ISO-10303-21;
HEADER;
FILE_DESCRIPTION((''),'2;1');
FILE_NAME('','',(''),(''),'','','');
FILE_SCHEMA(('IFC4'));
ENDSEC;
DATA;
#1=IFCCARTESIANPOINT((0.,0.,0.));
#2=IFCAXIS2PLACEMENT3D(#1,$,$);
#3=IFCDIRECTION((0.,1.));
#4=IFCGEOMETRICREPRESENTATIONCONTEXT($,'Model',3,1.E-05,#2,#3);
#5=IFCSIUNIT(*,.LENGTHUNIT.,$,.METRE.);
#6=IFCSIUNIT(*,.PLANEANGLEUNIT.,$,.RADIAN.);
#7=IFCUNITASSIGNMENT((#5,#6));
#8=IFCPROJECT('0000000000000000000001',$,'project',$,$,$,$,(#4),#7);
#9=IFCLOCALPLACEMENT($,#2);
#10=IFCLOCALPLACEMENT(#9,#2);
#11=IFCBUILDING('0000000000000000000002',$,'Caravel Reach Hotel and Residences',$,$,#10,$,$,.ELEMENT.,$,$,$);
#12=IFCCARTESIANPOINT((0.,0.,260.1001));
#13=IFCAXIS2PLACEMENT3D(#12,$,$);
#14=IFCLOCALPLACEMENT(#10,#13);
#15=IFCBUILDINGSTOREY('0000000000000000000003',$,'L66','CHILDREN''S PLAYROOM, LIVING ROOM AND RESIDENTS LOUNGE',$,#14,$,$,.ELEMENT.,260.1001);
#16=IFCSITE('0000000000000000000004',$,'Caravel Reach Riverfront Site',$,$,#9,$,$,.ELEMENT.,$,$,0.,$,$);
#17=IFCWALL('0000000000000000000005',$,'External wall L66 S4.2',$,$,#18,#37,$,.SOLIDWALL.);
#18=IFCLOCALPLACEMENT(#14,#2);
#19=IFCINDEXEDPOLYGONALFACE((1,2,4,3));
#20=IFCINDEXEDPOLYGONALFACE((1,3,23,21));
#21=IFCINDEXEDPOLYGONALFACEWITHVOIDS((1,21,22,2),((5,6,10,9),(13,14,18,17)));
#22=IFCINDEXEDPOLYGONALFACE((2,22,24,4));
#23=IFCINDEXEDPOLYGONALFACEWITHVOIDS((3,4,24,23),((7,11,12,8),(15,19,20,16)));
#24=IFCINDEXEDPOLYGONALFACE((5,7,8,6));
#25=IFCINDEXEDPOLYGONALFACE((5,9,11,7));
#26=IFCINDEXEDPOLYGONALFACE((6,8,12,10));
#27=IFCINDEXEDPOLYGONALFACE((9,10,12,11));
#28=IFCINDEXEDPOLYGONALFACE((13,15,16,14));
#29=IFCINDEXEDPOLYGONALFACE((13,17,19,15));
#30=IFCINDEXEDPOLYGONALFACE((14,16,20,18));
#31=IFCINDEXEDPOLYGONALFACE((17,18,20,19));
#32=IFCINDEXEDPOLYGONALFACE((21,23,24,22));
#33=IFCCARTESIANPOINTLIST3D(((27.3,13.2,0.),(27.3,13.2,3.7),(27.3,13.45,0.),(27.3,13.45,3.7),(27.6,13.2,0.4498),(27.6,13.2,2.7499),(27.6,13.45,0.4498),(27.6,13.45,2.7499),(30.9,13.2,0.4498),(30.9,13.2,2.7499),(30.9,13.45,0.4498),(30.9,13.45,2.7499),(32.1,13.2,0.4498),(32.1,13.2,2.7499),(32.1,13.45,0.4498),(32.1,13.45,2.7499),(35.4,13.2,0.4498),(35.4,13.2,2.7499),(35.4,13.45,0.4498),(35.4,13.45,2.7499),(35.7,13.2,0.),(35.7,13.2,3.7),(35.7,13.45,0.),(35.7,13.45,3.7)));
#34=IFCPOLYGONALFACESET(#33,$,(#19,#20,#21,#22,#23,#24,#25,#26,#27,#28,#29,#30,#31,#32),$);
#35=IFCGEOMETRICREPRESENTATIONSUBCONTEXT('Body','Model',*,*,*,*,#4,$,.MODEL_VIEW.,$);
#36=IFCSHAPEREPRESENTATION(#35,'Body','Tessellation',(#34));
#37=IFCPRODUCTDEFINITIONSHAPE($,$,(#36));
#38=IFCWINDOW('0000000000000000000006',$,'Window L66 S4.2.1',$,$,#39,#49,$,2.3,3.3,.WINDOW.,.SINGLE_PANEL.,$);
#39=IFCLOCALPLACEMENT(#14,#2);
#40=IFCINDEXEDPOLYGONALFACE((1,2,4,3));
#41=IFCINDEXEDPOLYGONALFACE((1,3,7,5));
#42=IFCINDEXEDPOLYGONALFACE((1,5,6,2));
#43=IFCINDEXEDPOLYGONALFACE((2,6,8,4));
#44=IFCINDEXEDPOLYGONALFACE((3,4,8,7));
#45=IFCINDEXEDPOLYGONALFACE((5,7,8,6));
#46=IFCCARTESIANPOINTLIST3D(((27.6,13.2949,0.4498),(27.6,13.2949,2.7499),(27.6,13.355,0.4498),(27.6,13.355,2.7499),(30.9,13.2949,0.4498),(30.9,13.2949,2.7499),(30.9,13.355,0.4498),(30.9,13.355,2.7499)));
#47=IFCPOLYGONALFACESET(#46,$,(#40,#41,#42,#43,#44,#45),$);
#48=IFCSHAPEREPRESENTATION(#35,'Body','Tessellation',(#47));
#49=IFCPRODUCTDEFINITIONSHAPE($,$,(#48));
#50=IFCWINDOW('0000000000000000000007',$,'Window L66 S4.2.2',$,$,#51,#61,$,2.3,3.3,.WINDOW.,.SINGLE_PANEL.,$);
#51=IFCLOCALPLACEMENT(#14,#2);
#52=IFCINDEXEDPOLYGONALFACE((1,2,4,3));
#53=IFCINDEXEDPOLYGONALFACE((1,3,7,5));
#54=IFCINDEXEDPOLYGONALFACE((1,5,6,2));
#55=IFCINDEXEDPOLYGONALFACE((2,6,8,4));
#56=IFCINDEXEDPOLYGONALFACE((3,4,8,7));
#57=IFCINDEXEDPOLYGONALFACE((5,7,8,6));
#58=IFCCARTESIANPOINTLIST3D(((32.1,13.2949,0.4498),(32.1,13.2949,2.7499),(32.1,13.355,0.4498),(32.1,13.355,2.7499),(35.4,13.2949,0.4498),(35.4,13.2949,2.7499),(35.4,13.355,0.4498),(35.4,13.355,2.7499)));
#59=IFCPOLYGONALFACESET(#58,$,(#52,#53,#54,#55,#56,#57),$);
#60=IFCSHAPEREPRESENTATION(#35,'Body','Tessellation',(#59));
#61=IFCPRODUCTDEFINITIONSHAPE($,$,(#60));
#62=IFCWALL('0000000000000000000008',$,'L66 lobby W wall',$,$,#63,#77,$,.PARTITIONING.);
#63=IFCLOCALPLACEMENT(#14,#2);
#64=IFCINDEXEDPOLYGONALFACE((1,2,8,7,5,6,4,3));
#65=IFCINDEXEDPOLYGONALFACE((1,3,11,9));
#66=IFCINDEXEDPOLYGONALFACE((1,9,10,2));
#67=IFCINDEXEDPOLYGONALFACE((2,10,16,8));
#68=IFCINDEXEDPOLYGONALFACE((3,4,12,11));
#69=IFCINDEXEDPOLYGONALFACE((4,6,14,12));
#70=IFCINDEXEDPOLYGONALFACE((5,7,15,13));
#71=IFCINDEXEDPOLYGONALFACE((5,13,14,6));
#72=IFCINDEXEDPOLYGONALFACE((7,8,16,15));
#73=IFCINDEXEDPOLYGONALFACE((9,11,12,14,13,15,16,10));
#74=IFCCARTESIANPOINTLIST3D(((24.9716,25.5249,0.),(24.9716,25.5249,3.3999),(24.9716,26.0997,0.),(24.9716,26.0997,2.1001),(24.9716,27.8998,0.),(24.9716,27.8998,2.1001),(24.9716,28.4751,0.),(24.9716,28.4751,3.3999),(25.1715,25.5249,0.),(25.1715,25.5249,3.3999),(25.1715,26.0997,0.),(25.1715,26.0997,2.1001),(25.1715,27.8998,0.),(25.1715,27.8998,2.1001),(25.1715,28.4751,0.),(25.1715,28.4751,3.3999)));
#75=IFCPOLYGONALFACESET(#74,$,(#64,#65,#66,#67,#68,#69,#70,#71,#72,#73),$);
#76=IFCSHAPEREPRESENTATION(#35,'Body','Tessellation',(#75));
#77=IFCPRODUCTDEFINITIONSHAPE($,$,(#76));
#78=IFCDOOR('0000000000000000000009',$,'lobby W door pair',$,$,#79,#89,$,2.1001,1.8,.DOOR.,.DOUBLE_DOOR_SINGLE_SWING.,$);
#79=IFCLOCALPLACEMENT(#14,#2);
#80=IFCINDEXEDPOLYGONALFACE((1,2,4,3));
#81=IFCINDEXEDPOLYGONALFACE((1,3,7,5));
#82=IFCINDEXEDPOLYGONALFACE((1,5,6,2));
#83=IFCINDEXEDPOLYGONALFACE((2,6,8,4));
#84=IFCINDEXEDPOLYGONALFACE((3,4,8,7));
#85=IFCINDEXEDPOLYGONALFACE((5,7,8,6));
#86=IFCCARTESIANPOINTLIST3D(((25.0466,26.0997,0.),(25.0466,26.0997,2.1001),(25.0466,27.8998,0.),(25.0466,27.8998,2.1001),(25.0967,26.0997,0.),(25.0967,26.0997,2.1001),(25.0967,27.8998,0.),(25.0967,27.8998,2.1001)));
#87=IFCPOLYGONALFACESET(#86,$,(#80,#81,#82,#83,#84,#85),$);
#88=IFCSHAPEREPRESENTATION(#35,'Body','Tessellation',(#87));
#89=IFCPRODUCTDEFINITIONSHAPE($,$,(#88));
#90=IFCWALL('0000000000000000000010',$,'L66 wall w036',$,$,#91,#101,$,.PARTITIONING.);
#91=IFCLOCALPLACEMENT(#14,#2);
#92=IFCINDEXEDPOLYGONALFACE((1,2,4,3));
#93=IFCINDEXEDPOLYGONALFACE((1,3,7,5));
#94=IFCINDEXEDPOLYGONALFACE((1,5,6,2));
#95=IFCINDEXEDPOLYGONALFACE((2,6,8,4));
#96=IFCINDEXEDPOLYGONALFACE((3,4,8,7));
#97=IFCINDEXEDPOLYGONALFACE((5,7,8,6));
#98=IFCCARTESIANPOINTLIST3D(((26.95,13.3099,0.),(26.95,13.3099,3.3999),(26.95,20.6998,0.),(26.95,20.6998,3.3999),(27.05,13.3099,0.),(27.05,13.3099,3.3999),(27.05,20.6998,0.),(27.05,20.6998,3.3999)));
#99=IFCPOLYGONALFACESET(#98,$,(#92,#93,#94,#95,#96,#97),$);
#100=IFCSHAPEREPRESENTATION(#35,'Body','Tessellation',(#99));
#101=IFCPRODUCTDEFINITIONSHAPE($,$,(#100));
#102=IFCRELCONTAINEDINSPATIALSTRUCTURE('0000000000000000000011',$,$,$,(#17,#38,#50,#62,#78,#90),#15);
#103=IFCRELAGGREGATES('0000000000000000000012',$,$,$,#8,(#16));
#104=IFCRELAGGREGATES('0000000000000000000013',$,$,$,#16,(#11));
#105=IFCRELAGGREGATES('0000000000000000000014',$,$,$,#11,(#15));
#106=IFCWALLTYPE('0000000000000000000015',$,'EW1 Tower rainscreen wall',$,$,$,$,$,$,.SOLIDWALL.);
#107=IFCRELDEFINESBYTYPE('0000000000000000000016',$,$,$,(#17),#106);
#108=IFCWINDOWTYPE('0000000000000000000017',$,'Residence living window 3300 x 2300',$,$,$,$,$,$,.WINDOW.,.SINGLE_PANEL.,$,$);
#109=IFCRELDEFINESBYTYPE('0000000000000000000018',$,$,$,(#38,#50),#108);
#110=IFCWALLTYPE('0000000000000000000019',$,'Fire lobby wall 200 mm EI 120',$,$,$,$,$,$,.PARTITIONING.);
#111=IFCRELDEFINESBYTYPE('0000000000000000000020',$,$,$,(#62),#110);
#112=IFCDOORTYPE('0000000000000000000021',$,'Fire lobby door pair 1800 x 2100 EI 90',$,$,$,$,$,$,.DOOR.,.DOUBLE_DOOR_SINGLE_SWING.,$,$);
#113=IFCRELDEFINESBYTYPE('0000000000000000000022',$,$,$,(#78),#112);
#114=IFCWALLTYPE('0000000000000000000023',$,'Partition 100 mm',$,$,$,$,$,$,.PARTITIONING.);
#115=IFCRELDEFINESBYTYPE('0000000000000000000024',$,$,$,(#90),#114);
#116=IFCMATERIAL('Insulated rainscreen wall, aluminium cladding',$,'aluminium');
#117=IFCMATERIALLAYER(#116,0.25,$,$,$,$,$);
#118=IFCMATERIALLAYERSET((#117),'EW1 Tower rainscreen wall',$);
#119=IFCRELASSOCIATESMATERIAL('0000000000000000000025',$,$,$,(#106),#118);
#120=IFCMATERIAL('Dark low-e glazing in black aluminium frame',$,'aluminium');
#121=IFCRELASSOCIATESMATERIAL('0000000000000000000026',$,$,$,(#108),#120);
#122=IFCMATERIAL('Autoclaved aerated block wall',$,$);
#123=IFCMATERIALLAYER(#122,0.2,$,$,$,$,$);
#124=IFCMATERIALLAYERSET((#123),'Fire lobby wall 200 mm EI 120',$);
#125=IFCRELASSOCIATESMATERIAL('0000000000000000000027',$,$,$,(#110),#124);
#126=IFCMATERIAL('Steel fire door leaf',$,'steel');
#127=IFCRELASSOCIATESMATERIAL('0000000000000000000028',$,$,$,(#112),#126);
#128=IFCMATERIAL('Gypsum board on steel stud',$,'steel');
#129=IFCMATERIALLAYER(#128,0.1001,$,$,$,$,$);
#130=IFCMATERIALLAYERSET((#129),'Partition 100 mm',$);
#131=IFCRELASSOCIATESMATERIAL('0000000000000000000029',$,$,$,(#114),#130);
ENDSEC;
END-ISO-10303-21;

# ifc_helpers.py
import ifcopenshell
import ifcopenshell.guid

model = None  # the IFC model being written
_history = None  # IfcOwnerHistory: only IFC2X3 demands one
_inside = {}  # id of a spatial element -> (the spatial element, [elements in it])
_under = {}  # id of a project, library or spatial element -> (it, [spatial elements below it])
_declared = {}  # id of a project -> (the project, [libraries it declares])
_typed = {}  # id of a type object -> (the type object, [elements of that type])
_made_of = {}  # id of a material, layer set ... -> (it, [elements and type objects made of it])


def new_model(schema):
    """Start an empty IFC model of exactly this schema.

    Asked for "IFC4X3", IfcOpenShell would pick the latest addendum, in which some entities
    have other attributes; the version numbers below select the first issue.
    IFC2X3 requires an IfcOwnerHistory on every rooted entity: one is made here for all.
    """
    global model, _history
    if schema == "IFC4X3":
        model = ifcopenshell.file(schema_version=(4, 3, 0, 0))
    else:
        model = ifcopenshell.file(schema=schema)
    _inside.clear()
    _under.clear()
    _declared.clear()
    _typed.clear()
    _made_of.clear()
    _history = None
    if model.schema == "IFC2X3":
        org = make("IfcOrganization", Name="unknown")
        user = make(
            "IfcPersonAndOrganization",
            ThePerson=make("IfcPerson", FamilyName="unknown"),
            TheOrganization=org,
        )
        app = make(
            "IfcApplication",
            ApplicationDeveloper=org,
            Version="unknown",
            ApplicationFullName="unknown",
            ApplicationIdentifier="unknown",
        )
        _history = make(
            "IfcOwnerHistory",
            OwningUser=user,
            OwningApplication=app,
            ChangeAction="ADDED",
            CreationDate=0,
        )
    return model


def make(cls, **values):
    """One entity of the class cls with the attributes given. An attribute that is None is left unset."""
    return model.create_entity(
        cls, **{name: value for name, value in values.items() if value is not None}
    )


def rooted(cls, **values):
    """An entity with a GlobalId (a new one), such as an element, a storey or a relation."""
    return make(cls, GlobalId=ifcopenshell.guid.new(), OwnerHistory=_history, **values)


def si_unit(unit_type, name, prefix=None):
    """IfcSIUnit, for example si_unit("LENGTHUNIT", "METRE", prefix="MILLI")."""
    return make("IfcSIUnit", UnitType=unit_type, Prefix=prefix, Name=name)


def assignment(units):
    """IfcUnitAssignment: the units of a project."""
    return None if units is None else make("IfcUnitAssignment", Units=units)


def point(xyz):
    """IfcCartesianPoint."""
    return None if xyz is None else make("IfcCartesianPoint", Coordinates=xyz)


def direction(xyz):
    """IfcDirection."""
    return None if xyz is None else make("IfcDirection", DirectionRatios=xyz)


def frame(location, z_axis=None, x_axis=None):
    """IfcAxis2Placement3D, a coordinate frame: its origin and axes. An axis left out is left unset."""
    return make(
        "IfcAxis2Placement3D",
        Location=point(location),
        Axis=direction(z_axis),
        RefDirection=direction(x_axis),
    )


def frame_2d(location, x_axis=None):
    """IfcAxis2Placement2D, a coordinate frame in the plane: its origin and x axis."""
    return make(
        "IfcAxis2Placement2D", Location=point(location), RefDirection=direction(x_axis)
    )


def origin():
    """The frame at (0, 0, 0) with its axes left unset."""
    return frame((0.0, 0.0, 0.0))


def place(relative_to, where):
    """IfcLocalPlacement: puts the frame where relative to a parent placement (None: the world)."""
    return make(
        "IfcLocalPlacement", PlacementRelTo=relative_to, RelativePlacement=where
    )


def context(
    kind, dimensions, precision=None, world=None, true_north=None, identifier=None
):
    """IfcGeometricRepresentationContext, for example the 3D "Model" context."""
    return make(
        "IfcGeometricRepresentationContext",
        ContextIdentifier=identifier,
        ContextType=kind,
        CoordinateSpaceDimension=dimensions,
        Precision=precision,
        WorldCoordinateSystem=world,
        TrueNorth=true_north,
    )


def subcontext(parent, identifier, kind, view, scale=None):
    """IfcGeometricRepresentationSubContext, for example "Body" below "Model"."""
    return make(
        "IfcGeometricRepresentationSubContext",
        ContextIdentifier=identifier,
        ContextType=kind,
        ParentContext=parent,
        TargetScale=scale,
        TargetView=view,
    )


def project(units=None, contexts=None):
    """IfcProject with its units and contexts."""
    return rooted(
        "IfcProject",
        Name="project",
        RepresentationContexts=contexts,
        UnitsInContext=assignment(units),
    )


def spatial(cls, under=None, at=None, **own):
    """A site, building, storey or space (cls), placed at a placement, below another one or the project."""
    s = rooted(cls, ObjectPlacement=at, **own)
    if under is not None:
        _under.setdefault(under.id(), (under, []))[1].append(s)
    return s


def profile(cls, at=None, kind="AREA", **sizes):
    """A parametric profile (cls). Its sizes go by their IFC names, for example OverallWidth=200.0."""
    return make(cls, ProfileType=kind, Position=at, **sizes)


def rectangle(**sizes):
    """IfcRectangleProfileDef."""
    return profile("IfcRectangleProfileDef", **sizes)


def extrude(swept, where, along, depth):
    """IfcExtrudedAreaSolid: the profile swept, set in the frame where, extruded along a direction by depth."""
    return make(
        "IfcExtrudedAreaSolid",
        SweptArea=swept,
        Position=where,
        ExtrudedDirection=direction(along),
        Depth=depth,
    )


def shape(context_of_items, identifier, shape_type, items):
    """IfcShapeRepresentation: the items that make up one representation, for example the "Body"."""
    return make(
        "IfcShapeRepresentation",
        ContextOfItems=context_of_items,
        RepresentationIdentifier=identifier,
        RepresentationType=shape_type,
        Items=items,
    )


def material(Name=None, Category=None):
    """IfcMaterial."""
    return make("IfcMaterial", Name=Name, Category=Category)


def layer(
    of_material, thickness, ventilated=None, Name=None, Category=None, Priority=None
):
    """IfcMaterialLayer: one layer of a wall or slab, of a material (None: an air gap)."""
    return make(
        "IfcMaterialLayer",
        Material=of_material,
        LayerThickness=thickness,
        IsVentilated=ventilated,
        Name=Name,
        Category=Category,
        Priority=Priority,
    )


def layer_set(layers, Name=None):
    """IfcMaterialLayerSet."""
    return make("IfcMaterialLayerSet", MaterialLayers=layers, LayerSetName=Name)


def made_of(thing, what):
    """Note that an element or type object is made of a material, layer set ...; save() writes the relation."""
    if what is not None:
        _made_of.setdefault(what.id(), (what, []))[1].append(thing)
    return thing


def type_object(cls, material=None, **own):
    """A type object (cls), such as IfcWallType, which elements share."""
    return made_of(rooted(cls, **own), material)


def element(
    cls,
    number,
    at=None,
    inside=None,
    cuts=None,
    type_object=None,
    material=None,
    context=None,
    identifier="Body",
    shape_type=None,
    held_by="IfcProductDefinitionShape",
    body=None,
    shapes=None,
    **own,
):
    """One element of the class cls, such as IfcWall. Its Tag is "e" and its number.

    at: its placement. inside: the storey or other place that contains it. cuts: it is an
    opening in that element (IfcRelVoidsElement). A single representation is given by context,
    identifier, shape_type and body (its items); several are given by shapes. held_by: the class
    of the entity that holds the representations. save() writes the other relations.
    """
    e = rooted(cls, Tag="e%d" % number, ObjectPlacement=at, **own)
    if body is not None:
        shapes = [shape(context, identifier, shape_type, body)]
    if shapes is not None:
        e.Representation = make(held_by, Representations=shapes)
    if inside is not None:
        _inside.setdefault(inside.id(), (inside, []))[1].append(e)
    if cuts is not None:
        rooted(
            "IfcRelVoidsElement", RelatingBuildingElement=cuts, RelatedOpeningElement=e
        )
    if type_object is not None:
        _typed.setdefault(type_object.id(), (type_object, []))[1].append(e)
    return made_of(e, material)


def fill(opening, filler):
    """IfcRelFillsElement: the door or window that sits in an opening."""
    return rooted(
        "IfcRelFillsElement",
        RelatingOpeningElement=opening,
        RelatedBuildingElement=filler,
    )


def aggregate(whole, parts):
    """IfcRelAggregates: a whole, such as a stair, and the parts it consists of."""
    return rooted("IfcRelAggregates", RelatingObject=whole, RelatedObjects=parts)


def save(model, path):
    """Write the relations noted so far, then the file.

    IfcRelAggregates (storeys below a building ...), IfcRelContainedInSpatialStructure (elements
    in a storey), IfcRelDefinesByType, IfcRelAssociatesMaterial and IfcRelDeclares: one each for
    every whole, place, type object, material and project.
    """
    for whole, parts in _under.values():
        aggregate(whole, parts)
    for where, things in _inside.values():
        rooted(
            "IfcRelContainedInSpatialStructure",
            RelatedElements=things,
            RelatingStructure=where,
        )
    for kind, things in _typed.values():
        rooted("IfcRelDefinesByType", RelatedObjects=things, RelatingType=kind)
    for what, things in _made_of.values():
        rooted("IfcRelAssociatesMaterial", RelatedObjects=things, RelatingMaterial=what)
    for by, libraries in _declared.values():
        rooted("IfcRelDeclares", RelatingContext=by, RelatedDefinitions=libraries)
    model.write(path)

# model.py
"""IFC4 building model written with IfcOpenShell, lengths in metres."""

from ifc_helpers import new_model, si_unit, direction, frame, frame_2d, origin, place, context, subcontext, project, spatial, rectangle, extrude, material, layer, layer_set, type_object, element, fill, save


model = new_model("IFC4")

# Units and contexts
model_context = context("Model", 3, precision=1e-05, world=origin(), true_north=direction((0.0, 1.0)))
body_context = subcontext(model_context, "Body", "Model", "MODEL_VIEW")
ifc_project = project(units=[si_unit("LENGTHUNIT", "METRE"), si_unit("PLANEANGLEUNIT", "RADIAN")], contexts=[model_context])

# Site, building, storey
site_placement = place(None, origin())
site = spatial("IfcSite", under=ifc_project, at=site_placement, Name="Caravel Reach Riverfront Site", CompositionType="ELEMENT", RefElevation=0.0)
building_placement = place(site_placement, origin())
building = spatial("IfcBuilding", under=site, at=building_placement, Name="Caravel Reach Hotel and Residences", CompositionType="ELEMENT")
storey_placement = place(building_placement, frame((0.0, 0.0, 260.1001)))
storey = spatial("IfcBuildingStorey", under=building, at=storey_placement, Name="L66", Description="CHILDREN'S PLAYROOM, LIVING ROOM AND RESIDENTS LOUNGE", CompositionType="ELEMENT", Elevation=260.1001)

# Wall, openings, windows
ifc_material_1 = material(Name="Insulated rainscreen wall, aluminium cladding", Category="aluminium")
ifc_layer_1 = layer(ifc_material_1, 0.25)
ifc_layer_set_1 = layer_set([ifc_layer_1], Name="EW1 Tower rainscreen wall")
wall_type_1 = type_object("IfcWallType", Name="EW1 Tower rainscreen wall", PredefinedType="SOLIDWALL", material=ifc_layer_set_1)
ifc_material_2 = material(Name="Dark low-e glazing in black aluminium frame", Category="aluminium")
window_type = type_object("IfcWindowType", Name="Residence living window 3300 x 2300", PartitioningType="SINGLE_PANEL", PredefinedType="WINDOW", material=ifc_material_2)
wall_1_placement = place(storey_placement, frame((27.3, 13.325, 0.0), z_axis=(0.0, 0.0, 1.0), x_axis=(1.0, 0.0, 0.0)))
wall_1 = element("IfcWall", 1, at=wall_1_placement, inside=storey, type_object=wall_type_1, Name="External wall L66 S4.2", PredefinedType="SOLIDWALL", context=body_context, shape_type="SweptSolid", body=[
    extrude(rectangle(XDim=8.3999, YDim=0.25, at=frame_2d((4.2, 0.0))), origin(), (0.0, 0.0, 1.0), 3.7),
])
opening_1_placement = place(wall_1_placement, frame((0.3, 0.0, 0.45)))
opening_1 = element("IfcOpeningElement", 2, at=opening_1_placement, cuts=wall_1, PredefinedType="OPENING", context=body_context, shape_type="SweptSolid", body=[
    extrude(rectangle(XDim=3.3, YDim=2.3, at=frame_2d((1.6499, 1.1499))), frame((0.0, 0.135, 0.0), z_axis=(0.0, -1.0, 0.0), x_axis=(1.0, 0.0, 0.0)), (0.0, 0.0, 1.0), 0.27),
])
opening_2_placement = place(wall_1_placement, frame((4.8, 0.0, 0.45)))
opening_2 = element("IfcOpeningElement", 3, at=opening_2_placement, cuts=wall_1, PredefinedType="OPENING", context=body_context, shape_type="SweptSolid", body=[
    extrude(rectangle(XDim=3.3, YDim=2.3, at=frame_2d((1.6499, 1.1499))), frame((0.0, 0.135, 0.0), z_axis=(0.0, -1.0, 0.0), x_axis=(1.0, 0.0, 0.0)), (0.0, 0.0, 1.0), 0.27),
])
window_1_placement = place(opening_1_placement, origin())
window_1 = element("IfcWindow", 4, at=window_1_placement, inside=storey, type_object=window_type, Name="Window L66 S4.2.1", OverallHeight=2.3, OverallWidth=3.3, PartitioningType="SINGLE_PANEL", PredefinedType="WINDOW", context=body_context, shape_type="SweptSolid", body=[
    extrude(rectangle(XDim=3.3, YDim=2.3, at=frame_2d((1.6499, 1.1499))), frame((0.0, 0.03, 0.0), z_axis=(0.0, -1.0, 0.0), x_axis=(1.0, 0.0, 0.0)), (0.0, 0.0, 1.0), 0.0601),
])
fill(opening_1, window_1)
window_2_placement = place(opening_2_placement, origin())
window_2 = element("IfcWindow", 5, at=window_2_placement, inside=storey, type_object=window_type, Name="Window L66 S4.2.2", OverallHeight=2.3, OverallWidth=3.3, PartitioningType="SINGLE_PANEL", PredefinedType="WINDOW", context=body_context, shape_type="SweptSolid", body=[
    extrude(rectangle(XDim=3.3, YDim=2.3, at=frame_2d((1.6499, 1.1499))), frame((0.0, 0.03, 0.0), z_axis=(0.0, -1.0, 0.0), x_axis=(1.0, 0.0, 0.0)), (0.0, 0.0, 1.0), 0.0601),
])
fill(opening_2, window_2)

# Wall, opening, door
ifc_material_3 = material(Name="Autoclaved aerated block wall")
ifc_layer_2 = layer(ifc_material_3, 0.2)
ifc_layer_set_2 = layer_set([ifc_layer_2], Name="Fire lobby wall 200 mm EI 120")
wall_type_2 = type_object("IfcWallType", Name="Fire lobby wall 200 mm EI 120", PredefinedType="PARTITIONING", material=ifc_layer_set_2)
wall_2_placement = place(storey_placement, frame((25.0715, 25.5249, 0.0), z_axis=(0.0, 0.0, 1.0), x_axis=(0.0, 1.0, 0.0)))
wall_2 = element("IfcWall", 6, at=wall_2_placement, inside=storey, type_object=wall_type_2, Name="L66 lobby W wall", PredefinedType="PARTITIONING", context=body_context, shape_type="SweptSolid", body=[
    extrude(rectangle(XDim=2.9502, YDim=0.2, at=frame_2d((1.4751, 0.0))), origin(), (0.0, 0.0, 1.0), 3.3999),
])
opening_3_placement = place(wall_2_placement, frame((0.575, 0.0, 0.0)))
opening_3 = element("IfcOpeningElement", 7, at=opening_3_placement, cuts=wall_2, PredefinedType="OPENING", context=body_context, shape_type="SweptSolid", body=[
    extrude(rectangle(XDim=1.8, YDim=2.1001, at=frame_2d((0.8999, 1.05))), frame((0.0, 0.1099, 0.0), z_axis=(0.0, -1.0, 0.0), x_axis=(1.0, 0.0, 0.0)), (0.0, 0.0, 1.0), 0.22),
])
ifc_material_4 = material(Name="Steel fire door leaf", Category="steel")
door_type_1 = type_object("IfcDoorType", Name="Fire lobby door pair 1800 x 2100 EI 90", OperationType="DOUBLE_DOOR_SINGLE_SWING", PredefinedType="DOOR", material=ifc_material_4)
door_1_placement = place(opening_3_placement, origin())
door_1 = element("IfcDoor", 8, at=door_1_placement, inside=storey, type_object=door_type_1, Name="lobby W door pair", OperationType="DOUBLE_DOOR_SINGLE_SWING", OverallHeight=2.1001, OverallWidth=1.8, PredefinedType="DOOR", context=body_context, shape_type="SweptSolid", body=[
    extrude(rectangle(XDim=1.8, YDim=2.1001, at=frame_2d((0.8999, 1.05))), frame((0.0, 0.0249, 0.0), z_axis=(0.0, -1.0, 0.0), x_axis=(1.0, 0.0, 0.0)), (0.0, 0.0, 1.0), 0.05),
])
fill(opening_3, door_1)

# Wall
ifc_material_5 = material(Name="Gypsum board on steel stud", Category="steel")
ifc_layer_3 = layer(ifc_material_5, 0.1001)
ifc_layer_set_3 = layer_set([ifc_layer_3], Name="Partition 100 mm")
wall_type_3 = type_object("IfcWallType", Name="Partition 100 mm", PredefinedType="PARTITIONING", material=ifc_layer_set_3)
wall_3_placement = place(storey_placement, frame((27.0, 13.3101, 0.0), z_axis=(0.0, 0.0, 1.0), x_axis=(0.0, 1.0, 0.0)))
element("IfcWall", 9, at=wall_3_placement, inside=storey, type_object=wall_type_3, Name="L66 wall w036", PredefinedType="PARTITIONING", context=body_context, shape_type="SweptSolid", body=[
    extrude(rectangle(XDim=7.3899, YDim=0.1001, at=frame_2d((3.6948, 0.0))), origin(), (0.0, 0.0, 1.0), 3.3999),
])

save(model, "model.ifc")
